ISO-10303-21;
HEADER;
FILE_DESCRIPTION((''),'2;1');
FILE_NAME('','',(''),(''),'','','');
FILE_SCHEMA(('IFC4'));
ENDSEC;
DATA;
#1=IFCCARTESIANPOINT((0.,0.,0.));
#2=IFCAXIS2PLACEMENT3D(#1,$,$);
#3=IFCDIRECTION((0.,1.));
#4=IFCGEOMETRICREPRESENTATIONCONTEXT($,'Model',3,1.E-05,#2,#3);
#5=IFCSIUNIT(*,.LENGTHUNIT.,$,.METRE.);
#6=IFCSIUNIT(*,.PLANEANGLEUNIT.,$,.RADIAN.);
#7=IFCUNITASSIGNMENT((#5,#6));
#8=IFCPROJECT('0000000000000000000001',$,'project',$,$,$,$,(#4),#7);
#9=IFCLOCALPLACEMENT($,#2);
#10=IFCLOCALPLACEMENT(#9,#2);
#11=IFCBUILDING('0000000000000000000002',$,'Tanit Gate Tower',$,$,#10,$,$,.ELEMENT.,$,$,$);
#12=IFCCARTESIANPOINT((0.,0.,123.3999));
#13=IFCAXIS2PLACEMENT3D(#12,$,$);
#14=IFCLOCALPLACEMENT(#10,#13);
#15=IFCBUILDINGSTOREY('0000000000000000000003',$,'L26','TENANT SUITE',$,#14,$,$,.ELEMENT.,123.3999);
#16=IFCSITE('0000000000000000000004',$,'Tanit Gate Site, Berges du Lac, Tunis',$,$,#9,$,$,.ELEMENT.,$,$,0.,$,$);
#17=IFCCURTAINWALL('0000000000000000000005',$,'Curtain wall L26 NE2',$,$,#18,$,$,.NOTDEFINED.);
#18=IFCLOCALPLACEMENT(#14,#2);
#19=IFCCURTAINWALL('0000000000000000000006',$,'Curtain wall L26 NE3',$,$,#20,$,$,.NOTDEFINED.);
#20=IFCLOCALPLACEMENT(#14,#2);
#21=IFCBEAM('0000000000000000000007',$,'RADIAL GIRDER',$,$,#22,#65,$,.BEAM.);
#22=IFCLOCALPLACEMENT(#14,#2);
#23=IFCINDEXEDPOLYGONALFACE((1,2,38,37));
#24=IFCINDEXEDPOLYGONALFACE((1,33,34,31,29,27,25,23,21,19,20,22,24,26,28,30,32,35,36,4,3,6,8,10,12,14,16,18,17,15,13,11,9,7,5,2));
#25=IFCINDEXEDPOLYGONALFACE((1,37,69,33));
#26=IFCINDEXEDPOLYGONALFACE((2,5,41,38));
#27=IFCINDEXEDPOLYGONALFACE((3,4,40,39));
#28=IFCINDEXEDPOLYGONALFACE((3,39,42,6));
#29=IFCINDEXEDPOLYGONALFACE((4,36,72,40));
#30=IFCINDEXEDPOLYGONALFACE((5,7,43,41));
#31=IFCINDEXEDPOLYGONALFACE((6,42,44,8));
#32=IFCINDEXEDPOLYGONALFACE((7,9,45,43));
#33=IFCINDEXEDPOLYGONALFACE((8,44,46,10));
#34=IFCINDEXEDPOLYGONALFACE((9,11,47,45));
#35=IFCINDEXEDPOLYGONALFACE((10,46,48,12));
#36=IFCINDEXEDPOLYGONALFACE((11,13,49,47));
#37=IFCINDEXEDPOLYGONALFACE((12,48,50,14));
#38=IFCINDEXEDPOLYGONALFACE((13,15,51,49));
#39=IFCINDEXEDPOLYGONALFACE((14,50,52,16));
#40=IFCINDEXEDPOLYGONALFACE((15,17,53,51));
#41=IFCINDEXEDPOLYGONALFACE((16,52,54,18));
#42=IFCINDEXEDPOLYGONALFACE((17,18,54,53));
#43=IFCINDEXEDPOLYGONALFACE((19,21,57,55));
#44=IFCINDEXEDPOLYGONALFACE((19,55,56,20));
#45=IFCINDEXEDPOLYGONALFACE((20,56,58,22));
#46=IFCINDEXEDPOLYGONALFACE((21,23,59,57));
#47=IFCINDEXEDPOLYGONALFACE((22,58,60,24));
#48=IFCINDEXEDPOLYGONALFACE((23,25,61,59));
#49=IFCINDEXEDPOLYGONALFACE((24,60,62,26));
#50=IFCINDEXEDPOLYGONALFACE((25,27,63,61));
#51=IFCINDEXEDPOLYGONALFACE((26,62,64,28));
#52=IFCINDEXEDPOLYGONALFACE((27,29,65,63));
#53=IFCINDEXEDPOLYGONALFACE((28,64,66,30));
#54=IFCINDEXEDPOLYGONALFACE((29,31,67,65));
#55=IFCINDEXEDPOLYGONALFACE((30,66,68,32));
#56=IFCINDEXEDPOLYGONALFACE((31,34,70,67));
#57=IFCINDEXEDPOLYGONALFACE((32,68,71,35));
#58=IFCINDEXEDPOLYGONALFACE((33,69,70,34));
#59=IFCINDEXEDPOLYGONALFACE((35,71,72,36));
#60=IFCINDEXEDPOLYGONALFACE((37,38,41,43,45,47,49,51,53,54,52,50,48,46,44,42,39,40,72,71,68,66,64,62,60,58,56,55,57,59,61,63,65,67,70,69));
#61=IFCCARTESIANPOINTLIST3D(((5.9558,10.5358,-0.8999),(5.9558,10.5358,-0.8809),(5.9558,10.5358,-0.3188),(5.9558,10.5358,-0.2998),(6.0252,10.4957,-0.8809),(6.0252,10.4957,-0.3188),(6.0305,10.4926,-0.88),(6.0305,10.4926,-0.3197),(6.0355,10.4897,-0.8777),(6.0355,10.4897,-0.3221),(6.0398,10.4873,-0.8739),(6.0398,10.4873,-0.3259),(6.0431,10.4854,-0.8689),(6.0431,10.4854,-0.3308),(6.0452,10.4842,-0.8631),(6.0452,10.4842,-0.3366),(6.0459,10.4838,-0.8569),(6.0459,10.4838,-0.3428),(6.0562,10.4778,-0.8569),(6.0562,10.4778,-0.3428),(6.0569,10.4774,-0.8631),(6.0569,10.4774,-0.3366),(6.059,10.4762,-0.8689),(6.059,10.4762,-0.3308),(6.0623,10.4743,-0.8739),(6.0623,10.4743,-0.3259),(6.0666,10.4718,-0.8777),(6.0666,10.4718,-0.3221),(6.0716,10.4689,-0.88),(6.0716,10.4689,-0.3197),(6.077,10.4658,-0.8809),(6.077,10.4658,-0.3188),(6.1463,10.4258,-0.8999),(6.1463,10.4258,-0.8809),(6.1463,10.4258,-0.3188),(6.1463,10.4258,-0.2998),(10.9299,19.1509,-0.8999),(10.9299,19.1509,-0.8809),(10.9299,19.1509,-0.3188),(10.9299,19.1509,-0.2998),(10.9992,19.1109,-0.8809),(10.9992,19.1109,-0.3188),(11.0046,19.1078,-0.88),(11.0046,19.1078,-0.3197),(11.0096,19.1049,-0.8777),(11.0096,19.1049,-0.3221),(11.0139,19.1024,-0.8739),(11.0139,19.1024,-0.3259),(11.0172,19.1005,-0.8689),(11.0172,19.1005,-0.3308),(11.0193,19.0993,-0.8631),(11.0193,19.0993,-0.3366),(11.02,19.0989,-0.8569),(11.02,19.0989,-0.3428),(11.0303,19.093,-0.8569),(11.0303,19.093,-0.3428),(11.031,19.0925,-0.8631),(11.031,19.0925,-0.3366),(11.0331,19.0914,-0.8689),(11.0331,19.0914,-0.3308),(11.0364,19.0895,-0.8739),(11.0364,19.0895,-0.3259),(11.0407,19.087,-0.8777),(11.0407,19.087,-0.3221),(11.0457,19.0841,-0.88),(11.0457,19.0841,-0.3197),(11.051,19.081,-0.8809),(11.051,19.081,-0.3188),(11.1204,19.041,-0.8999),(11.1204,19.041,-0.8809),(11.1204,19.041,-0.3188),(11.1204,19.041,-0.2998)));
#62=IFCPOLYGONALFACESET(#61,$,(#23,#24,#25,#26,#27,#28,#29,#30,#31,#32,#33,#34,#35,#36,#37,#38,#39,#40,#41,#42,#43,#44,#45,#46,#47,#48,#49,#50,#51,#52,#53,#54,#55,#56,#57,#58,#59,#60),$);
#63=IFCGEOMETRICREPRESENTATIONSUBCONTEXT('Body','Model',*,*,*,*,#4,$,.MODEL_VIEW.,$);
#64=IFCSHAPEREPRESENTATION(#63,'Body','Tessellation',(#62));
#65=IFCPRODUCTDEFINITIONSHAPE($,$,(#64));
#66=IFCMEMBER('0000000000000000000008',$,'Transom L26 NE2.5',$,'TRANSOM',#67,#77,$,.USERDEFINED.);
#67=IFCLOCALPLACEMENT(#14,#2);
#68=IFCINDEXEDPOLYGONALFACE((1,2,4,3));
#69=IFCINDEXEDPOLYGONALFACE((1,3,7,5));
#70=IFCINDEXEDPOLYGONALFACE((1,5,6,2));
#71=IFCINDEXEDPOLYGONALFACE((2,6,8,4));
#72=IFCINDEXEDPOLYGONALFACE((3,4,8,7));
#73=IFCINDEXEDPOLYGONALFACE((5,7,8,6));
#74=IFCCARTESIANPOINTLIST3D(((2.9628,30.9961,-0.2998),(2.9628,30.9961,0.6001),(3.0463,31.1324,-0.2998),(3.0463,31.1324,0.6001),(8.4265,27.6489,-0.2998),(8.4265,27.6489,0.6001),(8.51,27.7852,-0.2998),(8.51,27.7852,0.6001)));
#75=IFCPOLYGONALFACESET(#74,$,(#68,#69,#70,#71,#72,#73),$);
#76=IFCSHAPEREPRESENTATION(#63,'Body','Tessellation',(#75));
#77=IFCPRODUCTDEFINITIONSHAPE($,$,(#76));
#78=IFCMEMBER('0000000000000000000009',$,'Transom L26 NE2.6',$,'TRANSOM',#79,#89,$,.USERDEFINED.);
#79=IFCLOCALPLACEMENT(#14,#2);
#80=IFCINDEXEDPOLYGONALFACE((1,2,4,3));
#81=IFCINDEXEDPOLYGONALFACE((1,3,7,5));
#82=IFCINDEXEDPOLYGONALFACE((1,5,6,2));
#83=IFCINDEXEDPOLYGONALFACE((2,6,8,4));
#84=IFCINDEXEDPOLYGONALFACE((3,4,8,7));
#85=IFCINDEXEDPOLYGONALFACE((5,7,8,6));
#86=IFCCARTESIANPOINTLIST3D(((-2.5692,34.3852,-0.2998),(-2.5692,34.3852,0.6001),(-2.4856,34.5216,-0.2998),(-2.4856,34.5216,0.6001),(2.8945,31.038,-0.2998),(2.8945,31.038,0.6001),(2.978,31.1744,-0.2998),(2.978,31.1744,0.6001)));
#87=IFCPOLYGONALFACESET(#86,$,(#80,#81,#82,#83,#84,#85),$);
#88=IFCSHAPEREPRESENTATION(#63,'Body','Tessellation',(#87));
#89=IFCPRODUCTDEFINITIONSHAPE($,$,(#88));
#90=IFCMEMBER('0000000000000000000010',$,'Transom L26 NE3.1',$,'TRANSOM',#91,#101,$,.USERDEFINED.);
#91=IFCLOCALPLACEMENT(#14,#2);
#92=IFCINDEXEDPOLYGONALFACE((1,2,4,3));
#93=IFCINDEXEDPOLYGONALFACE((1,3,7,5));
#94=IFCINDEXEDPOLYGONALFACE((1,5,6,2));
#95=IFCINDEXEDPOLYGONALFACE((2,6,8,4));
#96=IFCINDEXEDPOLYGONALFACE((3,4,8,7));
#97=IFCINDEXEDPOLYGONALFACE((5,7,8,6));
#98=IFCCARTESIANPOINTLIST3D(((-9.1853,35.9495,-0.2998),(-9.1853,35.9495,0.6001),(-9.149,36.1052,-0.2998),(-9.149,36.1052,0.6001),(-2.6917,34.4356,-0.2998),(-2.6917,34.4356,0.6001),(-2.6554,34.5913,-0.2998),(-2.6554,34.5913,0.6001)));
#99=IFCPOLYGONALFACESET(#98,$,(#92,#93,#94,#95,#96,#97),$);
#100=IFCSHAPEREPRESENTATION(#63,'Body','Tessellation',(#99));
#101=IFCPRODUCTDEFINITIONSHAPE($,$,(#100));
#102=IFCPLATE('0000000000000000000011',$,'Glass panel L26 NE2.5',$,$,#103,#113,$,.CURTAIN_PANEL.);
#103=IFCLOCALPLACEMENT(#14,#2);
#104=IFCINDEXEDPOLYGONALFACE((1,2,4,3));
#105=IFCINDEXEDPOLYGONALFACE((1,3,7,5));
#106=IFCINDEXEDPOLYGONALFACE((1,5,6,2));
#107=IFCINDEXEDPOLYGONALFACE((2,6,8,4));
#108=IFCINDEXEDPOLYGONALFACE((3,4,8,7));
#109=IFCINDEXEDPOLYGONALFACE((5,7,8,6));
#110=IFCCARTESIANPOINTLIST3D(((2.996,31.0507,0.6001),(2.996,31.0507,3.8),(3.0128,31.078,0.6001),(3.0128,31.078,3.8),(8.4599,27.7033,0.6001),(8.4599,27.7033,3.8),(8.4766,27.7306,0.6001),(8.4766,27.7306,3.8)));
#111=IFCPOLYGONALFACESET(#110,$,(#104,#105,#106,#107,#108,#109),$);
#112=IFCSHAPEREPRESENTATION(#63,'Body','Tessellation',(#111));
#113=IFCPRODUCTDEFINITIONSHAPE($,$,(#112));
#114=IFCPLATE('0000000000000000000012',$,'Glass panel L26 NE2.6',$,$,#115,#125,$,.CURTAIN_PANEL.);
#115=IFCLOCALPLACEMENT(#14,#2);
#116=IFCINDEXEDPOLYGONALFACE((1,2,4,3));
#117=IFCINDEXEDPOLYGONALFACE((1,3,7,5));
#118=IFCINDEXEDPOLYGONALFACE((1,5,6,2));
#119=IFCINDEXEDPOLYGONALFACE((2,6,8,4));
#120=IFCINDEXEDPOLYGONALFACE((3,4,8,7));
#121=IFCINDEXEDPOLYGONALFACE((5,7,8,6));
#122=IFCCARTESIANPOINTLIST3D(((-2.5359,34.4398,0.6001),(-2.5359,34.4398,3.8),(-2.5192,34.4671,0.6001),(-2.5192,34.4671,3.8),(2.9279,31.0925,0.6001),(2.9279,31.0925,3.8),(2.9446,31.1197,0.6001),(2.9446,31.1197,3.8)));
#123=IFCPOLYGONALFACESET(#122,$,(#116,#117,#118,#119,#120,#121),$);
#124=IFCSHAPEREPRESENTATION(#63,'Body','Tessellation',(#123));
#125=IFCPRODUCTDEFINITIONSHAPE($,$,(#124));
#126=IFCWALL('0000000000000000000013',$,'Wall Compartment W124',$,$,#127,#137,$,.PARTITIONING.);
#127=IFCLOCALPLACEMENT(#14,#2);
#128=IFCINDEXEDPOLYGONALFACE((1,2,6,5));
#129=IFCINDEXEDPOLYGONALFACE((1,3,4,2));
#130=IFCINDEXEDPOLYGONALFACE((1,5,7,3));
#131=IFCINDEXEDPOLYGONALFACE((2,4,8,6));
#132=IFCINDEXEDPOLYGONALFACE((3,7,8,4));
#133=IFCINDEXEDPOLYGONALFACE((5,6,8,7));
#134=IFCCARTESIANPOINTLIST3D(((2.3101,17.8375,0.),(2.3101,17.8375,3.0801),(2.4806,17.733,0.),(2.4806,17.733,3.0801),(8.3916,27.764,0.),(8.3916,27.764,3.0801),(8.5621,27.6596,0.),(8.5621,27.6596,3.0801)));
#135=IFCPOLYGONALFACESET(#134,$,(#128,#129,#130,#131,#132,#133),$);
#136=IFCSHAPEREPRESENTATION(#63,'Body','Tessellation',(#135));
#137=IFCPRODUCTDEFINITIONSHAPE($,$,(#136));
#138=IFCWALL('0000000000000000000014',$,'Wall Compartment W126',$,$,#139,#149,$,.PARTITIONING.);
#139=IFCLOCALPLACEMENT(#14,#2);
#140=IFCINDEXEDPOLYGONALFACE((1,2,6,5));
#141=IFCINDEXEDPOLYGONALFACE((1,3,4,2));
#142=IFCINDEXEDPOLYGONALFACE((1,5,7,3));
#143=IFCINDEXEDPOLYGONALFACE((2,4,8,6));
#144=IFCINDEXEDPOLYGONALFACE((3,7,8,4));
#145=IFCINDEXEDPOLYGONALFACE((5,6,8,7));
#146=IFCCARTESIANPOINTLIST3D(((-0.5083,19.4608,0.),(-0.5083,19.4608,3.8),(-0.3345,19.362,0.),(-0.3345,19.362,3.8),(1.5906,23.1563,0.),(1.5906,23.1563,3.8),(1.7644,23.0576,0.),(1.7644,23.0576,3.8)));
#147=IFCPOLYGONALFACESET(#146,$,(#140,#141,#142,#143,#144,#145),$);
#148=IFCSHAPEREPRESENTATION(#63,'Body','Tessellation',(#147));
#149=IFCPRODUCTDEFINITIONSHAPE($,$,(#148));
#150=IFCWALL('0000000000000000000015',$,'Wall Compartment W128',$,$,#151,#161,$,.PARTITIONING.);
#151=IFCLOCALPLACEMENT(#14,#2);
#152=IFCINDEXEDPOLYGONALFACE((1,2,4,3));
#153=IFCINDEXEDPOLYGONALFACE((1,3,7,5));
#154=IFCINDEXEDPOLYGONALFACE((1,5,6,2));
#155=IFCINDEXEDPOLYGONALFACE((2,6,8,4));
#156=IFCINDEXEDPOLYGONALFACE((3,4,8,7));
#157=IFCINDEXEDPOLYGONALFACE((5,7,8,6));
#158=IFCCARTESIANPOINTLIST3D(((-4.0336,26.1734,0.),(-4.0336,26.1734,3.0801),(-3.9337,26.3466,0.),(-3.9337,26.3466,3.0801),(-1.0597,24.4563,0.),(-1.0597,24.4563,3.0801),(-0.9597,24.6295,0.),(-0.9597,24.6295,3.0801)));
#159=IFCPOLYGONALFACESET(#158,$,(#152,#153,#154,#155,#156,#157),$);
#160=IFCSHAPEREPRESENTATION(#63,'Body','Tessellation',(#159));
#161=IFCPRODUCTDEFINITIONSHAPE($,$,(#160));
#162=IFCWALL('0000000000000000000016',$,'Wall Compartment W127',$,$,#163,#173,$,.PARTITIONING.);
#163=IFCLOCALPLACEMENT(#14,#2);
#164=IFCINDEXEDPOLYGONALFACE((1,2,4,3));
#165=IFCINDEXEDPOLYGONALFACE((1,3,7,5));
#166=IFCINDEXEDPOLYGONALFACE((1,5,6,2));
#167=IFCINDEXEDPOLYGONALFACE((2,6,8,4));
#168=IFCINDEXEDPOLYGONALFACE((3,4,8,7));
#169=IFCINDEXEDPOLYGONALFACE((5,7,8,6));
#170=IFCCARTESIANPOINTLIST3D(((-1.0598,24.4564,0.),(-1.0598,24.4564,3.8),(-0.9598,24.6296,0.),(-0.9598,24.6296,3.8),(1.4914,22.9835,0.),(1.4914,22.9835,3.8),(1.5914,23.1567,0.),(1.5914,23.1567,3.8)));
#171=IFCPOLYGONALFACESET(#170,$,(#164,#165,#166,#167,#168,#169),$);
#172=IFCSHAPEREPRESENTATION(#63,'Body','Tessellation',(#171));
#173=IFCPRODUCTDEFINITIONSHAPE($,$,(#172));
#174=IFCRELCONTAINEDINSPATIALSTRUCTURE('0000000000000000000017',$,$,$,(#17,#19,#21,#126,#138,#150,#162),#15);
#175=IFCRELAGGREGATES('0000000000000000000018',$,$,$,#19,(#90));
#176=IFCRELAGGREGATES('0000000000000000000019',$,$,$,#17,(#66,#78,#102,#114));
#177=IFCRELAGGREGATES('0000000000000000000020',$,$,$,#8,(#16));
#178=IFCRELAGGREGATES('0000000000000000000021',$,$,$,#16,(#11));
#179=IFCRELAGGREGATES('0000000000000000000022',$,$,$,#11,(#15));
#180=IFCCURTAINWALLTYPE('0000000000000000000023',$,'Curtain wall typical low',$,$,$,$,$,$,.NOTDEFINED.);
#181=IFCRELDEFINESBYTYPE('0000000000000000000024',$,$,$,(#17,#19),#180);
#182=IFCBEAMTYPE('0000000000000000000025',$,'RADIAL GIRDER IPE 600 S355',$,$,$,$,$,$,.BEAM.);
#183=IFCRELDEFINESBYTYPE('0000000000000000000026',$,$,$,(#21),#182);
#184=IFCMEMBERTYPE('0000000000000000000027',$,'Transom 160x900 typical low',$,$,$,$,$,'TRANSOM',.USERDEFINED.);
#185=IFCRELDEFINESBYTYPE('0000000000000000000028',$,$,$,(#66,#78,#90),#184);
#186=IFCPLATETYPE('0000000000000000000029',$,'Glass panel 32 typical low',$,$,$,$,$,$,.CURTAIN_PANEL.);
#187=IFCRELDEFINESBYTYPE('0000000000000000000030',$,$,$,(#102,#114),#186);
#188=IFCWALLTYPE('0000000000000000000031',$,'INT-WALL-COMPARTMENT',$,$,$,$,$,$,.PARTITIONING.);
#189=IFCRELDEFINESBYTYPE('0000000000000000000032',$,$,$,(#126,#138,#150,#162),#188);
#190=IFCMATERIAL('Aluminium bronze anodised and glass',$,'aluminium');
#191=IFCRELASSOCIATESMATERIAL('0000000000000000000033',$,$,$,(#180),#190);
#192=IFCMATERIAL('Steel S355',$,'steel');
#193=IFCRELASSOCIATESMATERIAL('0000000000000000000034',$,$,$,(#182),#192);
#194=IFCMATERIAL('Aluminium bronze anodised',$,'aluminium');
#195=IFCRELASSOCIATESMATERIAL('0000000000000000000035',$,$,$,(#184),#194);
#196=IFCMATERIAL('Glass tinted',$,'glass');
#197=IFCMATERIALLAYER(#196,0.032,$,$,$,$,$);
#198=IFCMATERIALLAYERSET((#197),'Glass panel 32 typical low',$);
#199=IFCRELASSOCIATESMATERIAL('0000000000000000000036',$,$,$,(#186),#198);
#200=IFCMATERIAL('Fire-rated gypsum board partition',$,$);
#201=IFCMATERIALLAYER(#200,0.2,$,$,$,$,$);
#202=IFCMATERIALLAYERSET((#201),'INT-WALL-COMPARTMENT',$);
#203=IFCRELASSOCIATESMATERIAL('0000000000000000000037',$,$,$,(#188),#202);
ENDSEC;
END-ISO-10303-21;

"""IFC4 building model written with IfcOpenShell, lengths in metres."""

from ifc_helpers import new_model, si_unit, direction, frame, frame_2d, origin, origin_2d, place, context, subcontext, project, spatial, rectangle, i_section, extrude, material, layer, layer_set, material_profile, profile_set, type_object, element, aggregate, save


model = new_model("IFC4")

# Units and contexts
model_context = context("Model", 3, precision=1e-05, world=origin(), true_north=direction((0.0, 1.0)))
body_context = subcontext(model_context, "Body", "Model", "MODEL_VIEW")
ifc_project = project(units=[si_unit("LENGTHUNIT", "METRE"), si_unit("PLANEANGLEUNIT", "RADIAN")], contexts=[model_context])

# Site, building, storey
site_placement = place(None, origin())
site = spatial("IfcSite", under=ifc_project, at=site_placement, Name="Tanit Gate Site, Berges du Lac, Tunis", CompositionType="ELEMENT", RefElevation=0.0)
building_placement = place(site_placement, origin())
building = spatial("IfcBuilding", under=site, at=building_placement, Name="Tanit Gate Tower", CompositionType="ELEMENT")
storey_placement = place(building_placement, frame((0.0, 0.0, 123.3999)))
storey = spatial("IfcBuildingStorey", under=building, at=storey_placement, Name="L26", Description="TENANT SUITE", CompositionType="ELEMENT", Elevation=123.3999)

# Curtain wall
ifc_material_1 = material(Name="Aluminium bronze anodised and glass", Category="aluminium")
curtain_wall_type = type_object("IfcCurtainWallType", Name="Curtain wall typical low", PredefinedType="NOTDEFINED", material=ifc_material_1)
curtain_wall_1_placement = place(storey_placement, origin())
curtain_wall_1 = element("IfcCurtainWall", 1, at=curtain_wall_1_placement, inside=storey, type_object=curtain_wall_type, Name="Curtain wall L26 NE2", PredefinedType="NOTDEFINED")

# Curtain wall
curtain_wall_2_placement = place(storey_placement, origin())
curtain_wall_2 = element("IfcCurtainWall", 2, at=curtain_wall_2_placement, inside=storey, type_object=curtain_wall_type, Name="Curtain wall L26 NE3", PredefinedType="NOTDEFINED")

# Beam
ifc_material_2 = material(Name="Steel S355", Category="steel")
ifc_material_profile_1 = material_profile(ifc_material_2, i_section(OverallWidth=0.22, OverallDepth=0.6001, WebThickness=0.012, FlangeThickness=0.019, FilletRadius=0.0239, at=origin_2d()), Name="IPE 600")
ifc_profile_set_1 = profile_set([ifc_material_profile_1], Name="Steel S355")
beam_type_1 = type_object("IfcBeamType", Name="RADIAL GIRDER IPE 600 S355", PredefinedType="BEAM", material=ifc_profile_set_1)
beam_1_placement = place(storey_placement, frame((11.0251, 19.0959, -0.5999), z_axis=(-0.500009, -0.86602, 0.0), x_axis=(0.86602, -0.500009, 0.0)))
element("IfcBeam", 3, at=beam_1_placement, inside=storey, type_object=beam_type_1, Name="RADIAL GIRDER", PredefinedType="BEAM", context=body_context, shape_type="SweptSolid", body=[
    extrude(i_section(OverallWidth=0.22, OverallDepth=0.6001, WebThickness=0.012, FlangeThickness=0.019, FilletRadius=0.0239, at=origin_2d()), origin(), (0.0, 0.0, 1.0), 9.948),
])

# Members
ifc_material_3 = material(Name="Aluminium bronze anodised", Category="aluminium")
ifc_material_profile_2 = material_profile(ifc_material_3, rectangle(XDim=0.1599, YDim=0.8999, at=origin_2d()), Name="160x900 bronze transom")
ifc_profile_set_2 = profile_set([ifc_material_profile_2], Name="Aluminium bronze anodised")
member_type_1 = type_object("IfcMemberType", Name="Transom 160x900 typical low", ElementType="TRANSOM", PredefinedType="USERDEFINED", material=ifc_profile_set_2)
member_1_placement = place(storey_placement, frame((8.4683, 27.717, 0.1501), z_axis=(-0.852706, 0.522391, 0.0), x_axis=(-0.522391, -0.852706, 0.0)))
member_1 = element("IfcMember", 4, at=member_1_placement, type_object=member_type_1, Name="Transom L26 NE2.5", ObjectType="TRANSOM", PredefinedType="USERDEFINED", context=body_context, shape_type="SweptSolid", body=[
    extrude(rectangle(XDim=0.1599, YDim=0.8999, at=origin_2d()), origin(), (0.0, 0.0, 1.0), 6.4075),
])
member_2_placement = place(storey_placement, frame((2.9363, 31.1062, 0.1501), z_axis=(-0.852706, 0.522391, 0.0), x_axis=(-0.522391, -0.852706, 0.0)))
member_2 = element("IfcMember", 5, at=member_2_placement, type_object=member_type_1, Name="Transom L26 NE2.6", ObjectType="TRANSOM", PredefinedType="USERDEFINED", context=body_context, shape_type="SweptSolid", body=[
    extrude(rectangle(XDim=0.1599, YDim=0.8999, at=origin_2d()), origin(), (0.0, 0.0, 1.0), 6.4075),
])
member_3_placement = place(storey_placement, frame((-2.6736, 34.5134, 0.1501), z_axis=(-0.973883, 0.227049, 0.0), x_axis=(-0.227049, -0.973883, 0.0)))
member_3 = element("IfcMember", 6, at=member_3_placement, type_object=member_type_1, Name="Transom L26 NE3.1", ObjectType="TRANSOM", PredefinedType="USERDEFINED", context=body_context, shape_type="SweptSolid", body=[
    extrude(rectangle(XDim=0.1599, YDim=0.8999, at=origin_2d()), origin(), (0.0, 0.0, 1.0), 6.6677),
])
aggregate(curtain_wall_2, [member_3])

# Plates
ifc_material_4 = material(Name="Glass tinted", Category="glass")
ifc_layer_1 = layer(ifc_material_4, 0.032)
ifc_layer_set_1 = layer_set([ifc_layer_1], Name="Glass panel 32 typical low")
plate_type = type_object("IfcPlateType", Name="Glass panel 32 typical low", PredefinedType="CURTAIN_PANEL", material=ifc_layer_set_1)
plate_1_placement = place(storey_placement, frame((5.7363, 29.3906, 0.6001), z_axis=(0.0, 0.0, 1.0), x_axis=(-0.8527, 0.522401, 0.0)))
plate_1 = element("IfcPlate", 7, at=plate_1_placement, type_object=plate_type, Name="Glass panel L26 NE2.5", PredefinedType="CURTAIN_PANEL", context=body_context, shape_type="SweptSolid", body=[
    extrude(rectangle(XDim=6.4077, YDim=0.032, at=origin_2d()), origin(), (0.0, 0.0, 1.0), 3.2),
])
plate_2_placement = place(storey_placement, frame((0.2043, 32.7798, 0.6001), z_axis=(0.0, 0.0, 1.0), x_axis=(-0.8527, 0.522401, 0.0)))
plate_2 = element("IfcPlate", 8, at=plate_2_placement, type_object=plate_type, Name="Glass panel L26 NE2.6", PredefinedType="CURTAIN_PANEL", context=body_context, shape_type="SweptSolid", body=[
    extrude(rectangle(XDim=6.4077, YDim=0.032, at=origin_2d()), origin(), (0.0, 0.0, 1.0), 3.2),
])
aggregate(curtain_wall_1, [member_1, member_2, plate_1, plate_2])

# Walls
ifc_material_5 = material(Name="Fire-rated gypsum board partition")
ifc_layer_2 = layer(ifc_material_5, 0.2)
ifc_layer_set_2 = layer_set([ifc_layer_2], Name="INT-WALL-COMPARTMENT")
wall_type_1 = type_object("IfcWallType", Name="INT-WALL-COMPARTMENT", PredefinedType="PARTITIONING", material=ifc_layer_set_2)
wall_1_placement = place(storey_placement, frame((2.3953, 17.7852, 0.0), z_axis=(0.0, 0.0, 1.0), x_axis=(0.522409, 0.852695, 0.0)))
element("IfcWall", 9, at=wall_1_placement, inside=storey, type_object=wall_type_1, Name="Wall Compartment W124", PredefinedType="PARTITIONING", context=body_context, shape_type="SweptSolid", body=[
    extrude(rectangle(XDim=11.6414, YDim=0.2, at=frame_2d((5.8208, 0.0))), origin(), (0.0, 0.0, 1.0), 3.0801),
])
wall_2_placement = place(storey_placement, frame((-0.4214, 19.4114, 0.0), z_axis=(0.0, 0.0, 1.0), x_axis=(0.493854, 0.869545, 0.0)))
element("IfcWall", 10, at=wall_2_placement, inside=storey, type_object=wall_type_1, Name="Wall Compartment W126", PredefinedType="PARTITIONING", context=body_context, shape_type="SweptSolid", body=[
    extrude(rectangle(XDim=4.25, YDim=0.2, at=frame_2d((2.125, 0.0))), origin(), (0.0, 0.0, 1.0), 3.8),
])
wall_3_placement = place(storey_placement, frame((-3.9836, 26.26, 0.0), z_axis=(0.0, 0.0, 1.0), x_axis=(0.866016, -0.500016, 0.0)))
element("IfcWall", 11, at=wall_3_placement, inside=storey, type_object=wall_type_1, Name="Wall Compartment W128", PredefinedType="PARTITIONING", context=body_context, shape_type="SweptSolid", body=[
    extrude(rectangle(XDim=3.4341, YDim=0.2, at=frame_2d((1.717, 0.0))), origin(), (0.0, 0.0, 1.0), 3.0801),
])
wall_4_placement = place(storey_placement, frame((-1.0098, 24.543, 0.0), z_axis=(0.0, 0.0, 1.0), x_axis=(0.866037, -0.499981, 0.0)))
element("IfcWall", 12, at=wall_4_placement, inside=storey, type_object=wall_type_1, Name="Wall Compartment W127", PredefinedType="PARTITIONING", context=body_context, shape_type="SweptSolid", body=[
    extrude(rectangle(XDim=2.9458, YDim=0.2, at=frame_2d((1.4729, 0.0))), origin(), (0.0, 0.0, 1.0), 3.8),
])

save(model, "model.ifc")
